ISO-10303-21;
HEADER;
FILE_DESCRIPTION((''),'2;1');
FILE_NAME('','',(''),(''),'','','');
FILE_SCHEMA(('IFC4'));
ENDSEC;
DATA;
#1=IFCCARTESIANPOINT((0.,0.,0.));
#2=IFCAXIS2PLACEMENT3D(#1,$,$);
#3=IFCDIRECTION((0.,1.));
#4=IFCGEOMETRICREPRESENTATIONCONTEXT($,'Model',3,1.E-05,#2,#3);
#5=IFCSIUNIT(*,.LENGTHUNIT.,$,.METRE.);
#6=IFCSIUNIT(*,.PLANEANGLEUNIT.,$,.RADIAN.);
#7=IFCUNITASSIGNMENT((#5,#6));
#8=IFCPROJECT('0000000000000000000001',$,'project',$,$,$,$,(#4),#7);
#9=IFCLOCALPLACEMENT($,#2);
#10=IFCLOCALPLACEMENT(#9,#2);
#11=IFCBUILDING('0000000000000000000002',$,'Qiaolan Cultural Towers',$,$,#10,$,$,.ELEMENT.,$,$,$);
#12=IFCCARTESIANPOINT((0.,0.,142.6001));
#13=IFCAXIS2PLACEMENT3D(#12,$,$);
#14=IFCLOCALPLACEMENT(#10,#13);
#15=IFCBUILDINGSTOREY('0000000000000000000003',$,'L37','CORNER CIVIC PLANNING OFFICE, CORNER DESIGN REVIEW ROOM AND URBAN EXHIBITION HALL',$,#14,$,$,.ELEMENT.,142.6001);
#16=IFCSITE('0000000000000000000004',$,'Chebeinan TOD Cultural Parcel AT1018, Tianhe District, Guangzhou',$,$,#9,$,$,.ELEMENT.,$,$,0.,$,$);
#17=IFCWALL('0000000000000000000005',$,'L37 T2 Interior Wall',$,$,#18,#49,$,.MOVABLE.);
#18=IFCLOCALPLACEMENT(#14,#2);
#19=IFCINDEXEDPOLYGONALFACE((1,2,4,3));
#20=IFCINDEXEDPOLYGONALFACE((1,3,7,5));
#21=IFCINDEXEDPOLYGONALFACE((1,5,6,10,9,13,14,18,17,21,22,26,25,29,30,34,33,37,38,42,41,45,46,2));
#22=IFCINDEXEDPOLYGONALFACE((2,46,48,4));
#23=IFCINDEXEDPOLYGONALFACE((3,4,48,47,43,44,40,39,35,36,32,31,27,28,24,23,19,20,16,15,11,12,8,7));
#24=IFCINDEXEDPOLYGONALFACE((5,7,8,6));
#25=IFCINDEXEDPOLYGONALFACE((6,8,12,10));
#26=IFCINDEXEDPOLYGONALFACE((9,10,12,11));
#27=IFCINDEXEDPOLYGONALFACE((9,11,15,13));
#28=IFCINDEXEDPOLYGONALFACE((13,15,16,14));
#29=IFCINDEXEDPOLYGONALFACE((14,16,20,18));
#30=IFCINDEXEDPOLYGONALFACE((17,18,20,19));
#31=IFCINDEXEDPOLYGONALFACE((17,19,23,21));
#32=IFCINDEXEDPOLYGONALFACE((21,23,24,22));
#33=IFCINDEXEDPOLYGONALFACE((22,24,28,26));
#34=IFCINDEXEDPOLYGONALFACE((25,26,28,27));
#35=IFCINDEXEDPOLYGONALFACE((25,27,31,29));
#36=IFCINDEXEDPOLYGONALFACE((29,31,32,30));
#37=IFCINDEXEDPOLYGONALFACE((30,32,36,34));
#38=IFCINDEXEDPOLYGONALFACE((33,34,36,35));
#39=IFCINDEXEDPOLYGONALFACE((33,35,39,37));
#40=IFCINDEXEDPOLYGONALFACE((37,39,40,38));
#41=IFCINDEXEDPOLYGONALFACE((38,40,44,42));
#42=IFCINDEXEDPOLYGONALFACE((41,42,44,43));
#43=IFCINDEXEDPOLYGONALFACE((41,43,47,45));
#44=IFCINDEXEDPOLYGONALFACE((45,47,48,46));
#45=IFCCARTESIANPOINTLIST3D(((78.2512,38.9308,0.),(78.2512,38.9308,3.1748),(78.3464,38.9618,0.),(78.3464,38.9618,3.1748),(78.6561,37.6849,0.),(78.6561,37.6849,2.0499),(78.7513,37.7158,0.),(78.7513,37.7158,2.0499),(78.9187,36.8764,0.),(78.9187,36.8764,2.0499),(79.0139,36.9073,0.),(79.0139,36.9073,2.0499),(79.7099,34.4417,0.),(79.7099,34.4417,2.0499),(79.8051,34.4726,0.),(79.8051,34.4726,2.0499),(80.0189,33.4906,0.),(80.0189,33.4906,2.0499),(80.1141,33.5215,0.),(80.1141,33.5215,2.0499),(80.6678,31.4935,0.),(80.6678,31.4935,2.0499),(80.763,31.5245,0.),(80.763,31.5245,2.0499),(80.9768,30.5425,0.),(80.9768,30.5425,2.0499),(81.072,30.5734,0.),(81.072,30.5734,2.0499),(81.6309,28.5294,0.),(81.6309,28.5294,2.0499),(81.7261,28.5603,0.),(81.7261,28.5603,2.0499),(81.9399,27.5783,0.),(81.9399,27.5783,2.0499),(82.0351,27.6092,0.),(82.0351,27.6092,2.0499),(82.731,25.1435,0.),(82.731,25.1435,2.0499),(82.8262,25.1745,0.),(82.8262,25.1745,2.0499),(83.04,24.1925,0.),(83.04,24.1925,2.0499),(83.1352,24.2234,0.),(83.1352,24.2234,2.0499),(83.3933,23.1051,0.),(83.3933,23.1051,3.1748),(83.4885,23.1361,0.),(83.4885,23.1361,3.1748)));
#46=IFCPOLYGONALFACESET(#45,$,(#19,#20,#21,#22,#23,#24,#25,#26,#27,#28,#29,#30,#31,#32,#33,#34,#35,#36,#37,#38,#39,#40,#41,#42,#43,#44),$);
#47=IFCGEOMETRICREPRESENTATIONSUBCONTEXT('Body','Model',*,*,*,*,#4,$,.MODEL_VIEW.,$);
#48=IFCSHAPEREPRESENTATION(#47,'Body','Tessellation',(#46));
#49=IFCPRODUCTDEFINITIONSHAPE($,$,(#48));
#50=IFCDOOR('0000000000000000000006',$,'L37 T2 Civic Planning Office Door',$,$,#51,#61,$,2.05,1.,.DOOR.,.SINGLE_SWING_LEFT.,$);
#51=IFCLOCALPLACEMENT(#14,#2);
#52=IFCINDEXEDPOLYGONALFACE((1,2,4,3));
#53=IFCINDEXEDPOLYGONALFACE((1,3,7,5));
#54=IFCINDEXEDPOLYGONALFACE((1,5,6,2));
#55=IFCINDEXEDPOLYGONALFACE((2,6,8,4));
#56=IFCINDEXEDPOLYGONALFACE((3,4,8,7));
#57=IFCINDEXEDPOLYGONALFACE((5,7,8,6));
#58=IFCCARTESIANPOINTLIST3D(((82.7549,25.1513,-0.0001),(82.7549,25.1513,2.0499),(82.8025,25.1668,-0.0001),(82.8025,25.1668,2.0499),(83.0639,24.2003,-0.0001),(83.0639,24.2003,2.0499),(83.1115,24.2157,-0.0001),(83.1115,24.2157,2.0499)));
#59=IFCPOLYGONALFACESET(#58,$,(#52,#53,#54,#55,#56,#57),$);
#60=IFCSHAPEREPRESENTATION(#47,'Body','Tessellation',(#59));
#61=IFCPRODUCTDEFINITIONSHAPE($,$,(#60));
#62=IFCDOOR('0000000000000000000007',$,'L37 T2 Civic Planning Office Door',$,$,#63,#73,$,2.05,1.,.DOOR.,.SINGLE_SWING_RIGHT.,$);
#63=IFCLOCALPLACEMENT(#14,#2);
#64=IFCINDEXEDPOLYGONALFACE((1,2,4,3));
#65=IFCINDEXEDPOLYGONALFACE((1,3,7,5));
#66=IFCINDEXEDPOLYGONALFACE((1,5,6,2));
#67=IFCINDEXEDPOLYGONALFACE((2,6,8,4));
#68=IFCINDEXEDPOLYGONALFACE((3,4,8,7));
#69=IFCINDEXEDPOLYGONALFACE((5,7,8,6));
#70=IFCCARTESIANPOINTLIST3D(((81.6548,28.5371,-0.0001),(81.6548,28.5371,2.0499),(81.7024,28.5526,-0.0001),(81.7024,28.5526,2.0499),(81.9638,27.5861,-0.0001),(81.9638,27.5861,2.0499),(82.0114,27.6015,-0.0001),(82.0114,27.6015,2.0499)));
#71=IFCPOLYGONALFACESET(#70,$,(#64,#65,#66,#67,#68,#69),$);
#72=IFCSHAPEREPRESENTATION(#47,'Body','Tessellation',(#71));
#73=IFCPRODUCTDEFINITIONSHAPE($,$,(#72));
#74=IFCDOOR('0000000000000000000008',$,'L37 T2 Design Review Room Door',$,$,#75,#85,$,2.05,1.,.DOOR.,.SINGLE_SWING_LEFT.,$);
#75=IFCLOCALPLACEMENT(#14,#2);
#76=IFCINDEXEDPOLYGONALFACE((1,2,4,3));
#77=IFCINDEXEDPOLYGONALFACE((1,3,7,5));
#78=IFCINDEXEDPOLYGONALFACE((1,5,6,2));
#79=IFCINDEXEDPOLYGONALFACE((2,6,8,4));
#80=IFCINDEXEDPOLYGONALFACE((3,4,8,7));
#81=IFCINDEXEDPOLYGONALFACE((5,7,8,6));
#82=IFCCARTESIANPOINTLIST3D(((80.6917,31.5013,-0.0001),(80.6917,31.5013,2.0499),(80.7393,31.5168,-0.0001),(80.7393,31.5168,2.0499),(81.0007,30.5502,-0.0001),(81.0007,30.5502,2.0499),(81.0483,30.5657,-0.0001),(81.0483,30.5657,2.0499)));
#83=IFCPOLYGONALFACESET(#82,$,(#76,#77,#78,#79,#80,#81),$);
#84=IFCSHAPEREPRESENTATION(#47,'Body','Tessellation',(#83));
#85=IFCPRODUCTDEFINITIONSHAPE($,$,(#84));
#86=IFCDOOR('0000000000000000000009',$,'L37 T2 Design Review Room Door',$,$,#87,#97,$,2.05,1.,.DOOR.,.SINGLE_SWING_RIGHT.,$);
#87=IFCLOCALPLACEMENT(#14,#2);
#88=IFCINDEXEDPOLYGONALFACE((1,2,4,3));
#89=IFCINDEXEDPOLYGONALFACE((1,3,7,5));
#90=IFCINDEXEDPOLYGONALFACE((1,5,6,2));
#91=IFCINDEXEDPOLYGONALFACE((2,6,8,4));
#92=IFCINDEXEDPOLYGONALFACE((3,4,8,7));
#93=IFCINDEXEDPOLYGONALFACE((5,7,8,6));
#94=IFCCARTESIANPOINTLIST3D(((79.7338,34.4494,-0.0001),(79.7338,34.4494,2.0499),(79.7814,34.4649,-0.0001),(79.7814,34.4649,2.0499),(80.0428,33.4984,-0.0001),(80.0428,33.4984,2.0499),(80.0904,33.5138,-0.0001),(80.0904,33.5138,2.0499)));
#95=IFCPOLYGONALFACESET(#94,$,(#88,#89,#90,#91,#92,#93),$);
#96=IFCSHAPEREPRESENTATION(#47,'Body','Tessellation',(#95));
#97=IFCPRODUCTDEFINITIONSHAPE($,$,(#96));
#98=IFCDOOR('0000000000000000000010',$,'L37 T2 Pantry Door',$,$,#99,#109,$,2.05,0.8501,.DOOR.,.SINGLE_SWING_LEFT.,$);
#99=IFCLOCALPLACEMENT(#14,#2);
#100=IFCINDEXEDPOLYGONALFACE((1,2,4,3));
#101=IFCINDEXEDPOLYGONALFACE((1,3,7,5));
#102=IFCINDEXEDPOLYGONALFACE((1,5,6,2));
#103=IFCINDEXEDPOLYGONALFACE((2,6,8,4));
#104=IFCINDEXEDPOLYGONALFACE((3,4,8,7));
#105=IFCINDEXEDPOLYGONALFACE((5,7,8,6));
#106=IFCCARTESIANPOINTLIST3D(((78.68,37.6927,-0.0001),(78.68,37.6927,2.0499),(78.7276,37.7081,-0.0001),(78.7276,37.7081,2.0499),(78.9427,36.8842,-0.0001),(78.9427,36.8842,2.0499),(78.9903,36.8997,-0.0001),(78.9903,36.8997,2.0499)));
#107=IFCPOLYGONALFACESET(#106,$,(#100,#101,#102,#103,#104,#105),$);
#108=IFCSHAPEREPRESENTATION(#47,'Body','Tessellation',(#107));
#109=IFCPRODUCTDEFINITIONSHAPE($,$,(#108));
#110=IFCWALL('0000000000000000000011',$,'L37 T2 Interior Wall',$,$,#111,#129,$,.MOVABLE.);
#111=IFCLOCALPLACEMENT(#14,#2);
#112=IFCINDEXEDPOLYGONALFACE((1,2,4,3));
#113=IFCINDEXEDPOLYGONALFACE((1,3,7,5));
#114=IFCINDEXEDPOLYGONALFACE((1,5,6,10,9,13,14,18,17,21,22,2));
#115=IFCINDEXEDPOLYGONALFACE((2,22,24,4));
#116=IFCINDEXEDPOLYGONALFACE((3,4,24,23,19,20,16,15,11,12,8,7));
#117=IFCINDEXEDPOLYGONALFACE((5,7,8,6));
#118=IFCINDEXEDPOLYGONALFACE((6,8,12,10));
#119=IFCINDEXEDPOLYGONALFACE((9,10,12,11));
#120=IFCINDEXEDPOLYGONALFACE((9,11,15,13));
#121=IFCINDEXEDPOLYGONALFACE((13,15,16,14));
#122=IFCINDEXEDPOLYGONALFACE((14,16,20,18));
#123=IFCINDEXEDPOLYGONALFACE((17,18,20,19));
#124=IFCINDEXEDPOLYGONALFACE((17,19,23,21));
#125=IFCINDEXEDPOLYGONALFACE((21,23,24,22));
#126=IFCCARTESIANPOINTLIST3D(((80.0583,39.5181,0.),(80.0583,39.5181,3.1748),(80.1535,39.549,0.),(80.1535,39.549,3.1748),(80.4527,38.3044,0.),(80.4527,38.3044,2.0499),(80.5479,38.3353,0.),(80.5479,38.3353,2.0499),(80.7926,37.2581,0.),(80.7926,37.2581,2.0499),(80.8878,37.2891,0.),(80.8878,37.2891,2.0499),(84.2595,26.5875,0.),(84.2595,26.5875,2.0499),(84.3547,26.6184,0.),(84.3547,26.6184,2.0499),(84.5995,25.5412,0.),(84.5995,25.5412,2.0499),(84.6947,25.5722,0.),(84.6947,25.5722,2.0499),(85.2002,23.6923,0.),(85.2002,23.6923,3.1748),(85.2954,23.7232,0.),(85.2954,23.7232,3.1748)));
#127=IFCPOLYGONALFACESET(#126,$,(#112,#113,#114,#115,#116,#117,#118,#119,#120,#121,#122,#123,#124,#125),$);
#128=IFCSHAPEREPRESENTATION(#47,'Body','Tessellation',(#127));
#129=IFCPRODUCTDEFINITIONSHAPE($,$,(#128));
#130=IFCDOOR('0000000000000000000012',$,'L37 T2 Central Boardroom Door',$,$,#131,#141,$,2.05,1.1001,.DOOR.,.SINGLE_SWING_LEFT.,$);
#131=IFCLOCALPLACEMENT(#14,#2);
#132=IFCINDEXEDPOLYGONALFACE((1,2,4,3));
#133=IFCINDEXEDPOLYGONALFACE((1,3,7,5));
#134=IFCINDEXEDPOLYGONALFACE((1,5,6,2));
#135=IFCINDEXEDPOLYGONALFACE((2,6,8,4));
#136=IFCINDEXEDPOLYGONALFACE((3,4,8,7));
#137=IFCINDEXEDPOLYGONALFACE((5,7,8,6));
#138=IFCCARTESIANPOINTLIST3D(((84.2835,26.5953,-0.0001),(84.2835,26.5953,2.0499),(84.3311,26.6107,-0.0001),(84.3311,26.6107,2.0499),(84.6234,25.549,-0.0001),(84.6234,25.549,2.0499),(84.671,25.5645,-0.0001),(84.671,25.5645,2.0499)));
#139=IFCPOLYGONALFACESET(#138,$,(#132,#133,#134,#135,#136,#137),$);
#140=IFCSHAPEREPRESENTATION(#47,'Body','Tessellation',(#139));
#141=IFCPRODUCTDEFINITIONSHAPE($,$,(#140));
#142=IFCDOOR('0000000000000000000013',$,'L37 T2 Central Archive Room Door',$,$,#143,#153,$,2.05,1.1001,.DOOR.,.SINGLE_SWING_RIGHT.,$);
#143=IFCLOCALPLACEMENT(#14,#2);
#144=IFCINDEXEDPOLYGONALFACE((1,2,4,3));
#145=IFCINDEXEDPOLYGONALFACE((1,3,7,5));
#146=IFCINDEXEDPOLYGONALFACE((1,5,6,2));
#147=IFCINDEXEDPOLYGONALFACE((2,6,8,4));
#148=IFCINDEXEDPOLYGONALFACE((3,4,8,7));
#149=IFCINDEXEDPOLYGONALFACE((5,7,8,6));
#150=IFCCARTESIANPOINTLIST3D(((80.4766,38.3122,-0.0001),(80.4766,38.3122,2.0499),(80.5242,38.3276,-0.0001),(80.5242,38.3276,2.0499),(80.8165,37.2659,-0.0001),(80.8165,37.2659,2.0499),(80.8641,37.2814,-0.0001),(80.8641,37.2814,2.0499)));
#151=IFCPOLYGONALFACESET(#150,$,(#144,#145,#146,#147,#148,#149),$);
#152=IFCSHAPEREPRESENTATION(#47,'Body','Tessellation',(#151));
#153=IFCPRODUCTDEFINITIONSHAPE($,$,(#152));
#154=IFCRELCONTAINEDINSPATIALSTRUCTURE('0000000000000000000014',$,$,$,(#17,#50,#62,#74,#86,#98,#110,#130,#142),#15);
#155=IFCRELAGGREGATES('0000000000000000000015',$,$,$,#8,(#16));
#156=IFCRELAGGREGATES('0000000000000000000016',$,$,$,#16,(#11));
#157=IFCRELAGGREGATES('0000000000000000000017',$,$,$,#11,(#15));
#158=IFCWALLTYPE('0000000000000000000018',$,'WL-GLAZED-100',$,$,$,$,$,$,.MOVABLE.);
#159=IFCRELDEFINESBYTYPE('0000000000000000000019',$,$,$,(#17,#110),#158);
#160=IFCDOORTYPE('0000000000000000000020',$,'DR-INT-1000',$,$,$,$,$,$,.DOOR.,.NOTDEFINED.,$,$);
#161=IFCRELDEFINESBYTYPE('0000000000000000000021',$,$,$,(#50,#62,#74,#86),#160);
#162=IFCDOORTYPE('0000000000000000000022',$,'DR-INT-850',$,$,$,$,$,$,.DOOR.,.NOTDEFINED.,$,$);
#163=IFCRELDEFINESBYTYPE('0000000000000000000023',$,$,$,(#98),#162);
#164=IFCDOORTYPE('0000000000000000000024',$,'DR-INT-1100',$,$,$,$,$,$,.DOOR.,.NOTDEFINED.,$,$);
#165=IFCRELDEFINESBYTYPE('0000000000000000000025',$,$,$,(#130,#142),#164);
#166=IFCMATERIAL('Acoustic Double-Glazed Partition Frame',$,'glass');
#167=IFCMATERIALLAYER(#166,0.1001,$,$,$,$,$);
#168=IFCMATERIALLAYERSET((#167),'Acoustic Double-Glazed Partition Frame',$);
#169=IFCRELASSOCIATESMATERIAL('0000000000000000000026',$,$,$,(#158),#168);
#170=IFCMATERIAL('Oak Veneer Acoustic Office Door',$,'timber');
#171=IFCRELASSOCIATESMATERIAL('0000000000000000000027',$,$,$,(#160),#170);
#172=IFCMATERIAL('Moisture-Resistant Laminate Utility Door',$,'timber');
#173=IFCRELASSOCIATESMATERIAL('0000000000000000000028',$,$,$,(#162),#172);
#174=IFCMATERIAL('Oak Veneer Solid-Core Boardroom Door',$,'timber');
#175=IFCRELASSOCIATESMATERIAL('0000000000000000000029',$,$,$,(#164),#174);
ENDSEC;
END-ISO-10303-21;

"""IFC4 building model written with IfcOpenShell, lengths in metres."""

from ifc_helpers import new_model, si_unit, direction, frame, frame_2d, origin, place, context, subcontext, project, spatial, rectangle, extrude, material, layer, layer_set, type_object, element, fill, save


model = new_model("IFC4")

# Units and contexts
model_context = context("Model", 3, precision=1e-05, world=origin(), true_north=direction((0.0, 1.0)))
body_context = subcontext(model_context, "Body", "Model", "MODEL_VIEW")
ifc_project = project(units=[si_unit("LENGTHUNIT", "METRE"), si_unit("PLANEANGLEUNIT", "RADIAN")], contexts=[model_context])

# Site, building, storey
site_placement = place(None, origin())
site = spatial("IfcSite", under=ifc_project, at=site_placement, Name="Chebeinan TOD Cultural Parcel AT1018, Tianhe District, Guangzhou", CompositionType="ELEMENT", RefElevation=0.0)
building_placement = place(site_placement, origin())
building = spatial("IfcBuilding", under=site, at=building_placement, Name="Qiaolan Cultural Towers", CompositionType="ELEMENT")
storey_placement = place(building_placement, frame((0.0, 0.0, 142.6001)))
storey = spatial("IfcBuildingStorey", under=building, at=storey_placement, Name="L37", Description="CORNER CIVIC PLANNING OFFICE, CORNER DESIGN REVIEW ROOM AND URBAN EXHIBITION HALL", CompositionType="ELEMENT", Elevation=142.6001)

# Shared definitions
ifc_material_1 = material(Name="Acoustic Double-Glazed Partition Frame", Category="glass")
ifc_layer_1 = layer(ifc_material_1, 0.1001)
ifc_layer_set_1 = layer_set([ifc_layer_1], Name="Acoustic Double-Glazed Partition Frame")
wall_type_1 = type_object("IfcWallType", Name="WL-GLAZED-100", PredefinedType="MOVABLE", material=ifc_layer_set_1)

# Walls, openings, doors
wall_1_placement = place(storey_placement, frame((83.4409, 23.1206, 0.0), z_axis=(0.0, 0.0, 1.0), x_axis=(-0.309018, 0.951056, 0.0)))
wall_1 = element("IfcWall", 1, at=wall_1_placement, inside=storey, type_object=wall_type_1, Name="L37 T2 Interior Wall", PredefinedType="MOVABLE", context=body_context, shape_type="SweptSolid", body=[
    extrude(rectangle(XDim=16.6401, YDim=0.1001, at=frame_2d((8.3201, 0.0))), origin(), (0.0, 0.0, 1.0), 3.1748),
])
opening_1_placement = place(wall_1_placement, frame((1.1433, 0.0, 0.0)))
opening_1 = element("IfcOpeningElement", 2, at=opening_1_placement, cuts=wall_1, PredefinedType="OPENING", context=body_context, shape_type="SweptSolid", body=[
    extrude(rectangle(XDim=1.0, YDim=2.05, at=frame_2d((0.5, 1.0249))), frame((0.0, 0.0601, 0.0), z_axis=(0.0, -1.0, 0.0), x_axis=(1.0, 0.0, 0.0)), (0.0, 0.0, 1.0), 0.1201),
])
opening_2_placement = place(wall_1_placement, frame((4.7034, 0.0, 0.0)))
opening_2 = element("IfcOpeningElement", 3, at=opening_2_placement, cuts=wall_1, PredefinedType="OPENING", context=body_context, shape_type="SweptSolid", body=[
    extrude(rectangle(XDim=1.0, YDim=2.05, at=frame_2d((0.5, 1.0249))), frame((0.0, 0.0601, 0.0), z_axis=(0.0, -1.0, 0.0), x_axis=(1.0, 0.0, 0.0)), (0.0, 0.0, 1.0), 0.1201),
])
opening_3_placement = place(wall_1_placement, frame((7.8201, 0.0, 0.0)))
opening_3 = element("IfcOpeningElement", 4, at=opening_3_placement, cuts=wall_1, PredefinedType="OPENING", context=body_context, shape_type="SweptSolid", body=[
    extrude(rectangle(XDim=1.0, YDim=2.05, at=frame_2d((0.5, 1.0249))), frame((0.0, 0.0601, 0.0), z_axis=(0.0, -1.0, 0.0), x_axis=(1.0, 0.0, 0.0)), (0.0, 0.0, 1.0), 0.1201),
])
opening_4_placement = place(wall_1_placement, frame((10.9199, 0.0, 0.0)))
opening_4 = element("IfcOpeningElement", 5, at=opening_4_placement, cuts=wall_1, PredefinedType="OPENING", context=body_context, shape_type="SweptSolid", body=[
    extrude(rectangle(XDim=1.0, YDim=2.05, at=frame_2d((0.5, 1.0249))), frame((0.0, 0.0601, 0.0), z_axis=(0.0, -1.0, 0.0), x_axis=(1.0, 0.0, 0.0)), (0.0, 0.0, 1.0), 0.1201),
])
opening_5_placement = place(wall_1_placement, frame((14.48, 0.0, 0.0)))
opening_5 = element("IfcOpeningElement", 6, at=opening_5_placement, cuts=wall_1, PredefinedType="OPENING", context=body_context, shape_type="SweptSolid", body=[
    extrude(rectangle(XDim=0.8501, YDim=2.05, at=frame_2d((0.425, 1.0249))), frame((0.0, 0.0601, 0.0), z_axis=(0.0, -1.0, 0.0), x_axis=(1.0, 0.0, 0.0)), (0.0, 0.0, 1.0), 0.1201),
])
ifc_material_2 = material(Name="Oak Veneer Acoustic Office Door", Category="timber")
door_type_1 = type_object("IfcDoorType", Name="DR-INT-1000", OperationType="NOTDEFINED", PredefinedType="DOOR", material=ifc_material_2)
door_1_placement = place(opening_1_placement, origin())
door_1 = element("IfcDoor", 7, at=door_1_placement, inside=storey, type_object=door_type_1, Name="L37 T2 Civic Planning Office Door", OperationType="SINGLE_SWING_LEFT", OverallHeight=2.05, OverallWidth=1.0, PredefinedType="DOOR", context=body_context, shape_type="SweptSolid", body=[
    extrude(rectangle(XDim=1.0, YDim=2.05, at=frame_2d((0.5, 1.0249))), frame((0.0, 0.0249, 0.0), z_axis=(0.0, -1.0, 0.0), x_axis=(1.0, 0.0, 0.0)), (0.0, 0.0, 1.0), 0.05),
])
fill(opening_1, door_1)
door_2_placement = place(opening_2_placement, origin())
door_2 = element("IfcDoor", 8, at=door_2_placement, inside=storey, type_object=door_type_1, Name="L37 T2 Civic Planning Office Door", OperationType="SINGLE_SWING_RIGHT", OverallHeight=2.05, OverallWidth=1.0, PredefinedType="DOOR", context=body_context, shape_type="SweptSolid", body=[
    extrude(rectangle(XDim=1.0, YDim=2.05, at=frame_2d((0.5, 1.0249))), frame((0.0, 0.0249, 0.0), z_axis=(0.0, -1.0, 0.0), x_axis=(1.0, 0.0, 0.0)), (0.0, 0.0, 1.0), 0.05),
])
fill(opening_2, door_2)
door_3_placement = place(opening_3_placement, origin())
door_3 = element("IfcDoor", 9, at=door_3_placement, inside=storey, type_object=door_type_1, Name="L37 T2 Design Review Room Door", OperationType="SINGLE_SWING_LEFT", OverallHeight=2.05, OverallWidth=1.0, PredefinedType="DOOR", context=body_context, shape_type="SweptSolid", body=[
    extrude(rectangle(XDim=1.0, YDim=2.05, at=frame_2d((0.5, 1.0249))), frame((0.0, 0.0249, 0.0), z_axis=(0.0, -1.0, 0.0), x_axis=(1.0, 0.0, 0.0)), (0.0, 0.0, 1.0), 0.05),
])
fill(opening_3, door_3)
door_4_placement = place(opening_4_placement, origin())
door_4 = element("IfcDoor", 10, at=door_4_placement, inside=storey, type_object=door_type_1, Name="L37 T2 Design Review Room Door", OperationType="SINGLE_SWING_RIGHT", OverallHeight=2.05, OverallWidth=1.0, PredefinedType="DOOR", context=body_context, shape_type="SweptSolid", body=[
    extrude(rectangle(XDim=1.0, YDim=2.05, at=frame_2d((0.5, 1.0249))), frame((0.0, 0.0249, 0.0), z_axis=(0.0, -1.0, 0.0), x_axis=(1.0, 0.0, 0.0)), (0.0, 0.0, 1.0), 0.05),
])
fill(opening_4, door_4)
ifc_material_3 = material(Name="Moisture-Resistant Laminate Utility Door", Category="timber")
door_type_2 = type_object("IfcDoorType", Name="DR-INT-850", OperationType="NOTDEFINED", PredefinedType="DOOR", material=ifc_material_3)
door_5_placement = place(opening_5_placement, origin())
door_5 = element("IfcDoor", 11, at=door_5_placement, inside=storey, type_object=door_type_2, Name="L37 T2 Pantry Door", OperationType="SINGLE_SWING_LEFT", OverallHeight=2.05, OverallWidth=0.8501, PredefinedType="DOOR", context=body_context, shape_type="SweptSolid", body=[
    extrude(rectangle(XDim=0.8501, YDim=2.05, at=frame_2d((0.425, 1.0249))), frame((0.0, 0.0249, 0.0), z_axis=(0.0, -1.0, 0.0), x_axis=(1.0, 0.0, 0.0)), (0.0, 0.0, 1.0), 0.05),
])
fill(opening_5, door_5)
wall_2_placement = place(storey_placement, frame((85.2478, 23.7078, 0.0), z_axis=(0.0, 0.0, 1.0), x_axis=(-0.309004, 0.951061, 0.0)))
wall_2 = element("IfcWall", 12, at=wall_2_placement, inside=storey, type_object=wall_type_1, Name="L37 T2 Interior Wall", PredefinedType="MOVABLE", context=body_context, shape_type="SweptSolid", body=[
    extrude(rectangle(XDim=16.6401, YDim=0.1001, at=frame_2d((8.3201, 0.0))), origin(), (0.0, 0.0, 1.0), 3.1748),
])
opening_6_placement = place(wall_2_placement, frame((1.9441, 0.0, 0.0)))
opening_6 = element("IfcOpeningElement", 13, at=opening_6_placement, cuts=wall_2, PredefinedType="OPENING", context=body_context, shape_type="SweptSolid", body=[
    extrude(rectangle(XDim=1.1001, YDim=2.05, at=frame_2d((0.55, 1.0249))), frame((0.0, 0.0601, 0.0), z_axis=(0.0, -1.0, 0.0), x_axis=(1.0, 0.0, 0.0)), (0.0, 0.0, 1.0), 0.1201),
])
opening_7_placement = place(wall_2_placement, frame((14.2639, 0.0, 0.0)))
opening_7 = element("IfcOpeningElement", 14, at=opening_7_placement, cuts=wall_2, PredefinedType="OPENING", context=body_context, shape_type="SweptSolid", body=[
    extrude(rectangle(XDim=1.1001, YDim=2.05, at=frame_2d((0.55, 1.0249))), frame((0.0, 0.0601, 0.0), z_axis=(0.0, -1.0, 0.0), x_axis=(1.0, 0.0, 0.0)), (0.0, 0.0, 1.0), 0.1201),
])
ifc_material_4 = material(Name="Oak Veneer Solid-Core Boardroom Door", Category="timber")
door_type_3 = type_object("IfcDoorType", Name="DR-INT-1100", OperationType="NOTDEFINED", PredefinedType="DOOR", material=ifc_material_4)
door_6_placement = place(opening_6_placement, origin())
door_6 = element("IfcDoor", 15, at=door_6_placement, inside=storey, type_object=door_type_3, Name="L37 T2 Central Boardroom Door", OperationType="SINGLE_SWING_LEFT", OverallHeight=2.05, OverallWidth=1.1001, PredefinedType="DOOR", context=body_context, shape_type="SweptSolid", body=[
    extrude(rectangle(XDim=1.1001, YDim=2.05, at=frame_2d((0.55, 1.0249))), frame((0.0, 0.0249, 0.0), z_axis=(0.0, -1.0, 0.0), x_axis=(1.0, 0.0, 0.0)), (0.0, 0.0, 1.0), 0.05),
])
fill(opening_6, door_6)
door_7_placement = place(opening_7_placement, origin())
door_7 = element("IfcDoor", 16, at=door_7_placement, inside=storey, type_object=door_type_3, Name="L37 T2 Central Archive Room Door", OperationType="SINGLE_SWING_RIGHT", OverallHeight=2.05, OverallWidth=1.1001, PredefinedType="DOOR", context=body_context, shape_type="SweptSolid", body=[
    extrude(rectangle(XDim=1.1001, YDim=2.05, at=frame_2d((0.55, 1.0249))), frame((0.0, 0.0249, 0.0), z_axis=(0.0, -1.0, 0.0), x_axis=(1.0, 0.0, 0.0)), (0.0, 0.0, 1.0), 0.05),
])
fill(opening_7, door_7)

save(model, "model.ifc")
